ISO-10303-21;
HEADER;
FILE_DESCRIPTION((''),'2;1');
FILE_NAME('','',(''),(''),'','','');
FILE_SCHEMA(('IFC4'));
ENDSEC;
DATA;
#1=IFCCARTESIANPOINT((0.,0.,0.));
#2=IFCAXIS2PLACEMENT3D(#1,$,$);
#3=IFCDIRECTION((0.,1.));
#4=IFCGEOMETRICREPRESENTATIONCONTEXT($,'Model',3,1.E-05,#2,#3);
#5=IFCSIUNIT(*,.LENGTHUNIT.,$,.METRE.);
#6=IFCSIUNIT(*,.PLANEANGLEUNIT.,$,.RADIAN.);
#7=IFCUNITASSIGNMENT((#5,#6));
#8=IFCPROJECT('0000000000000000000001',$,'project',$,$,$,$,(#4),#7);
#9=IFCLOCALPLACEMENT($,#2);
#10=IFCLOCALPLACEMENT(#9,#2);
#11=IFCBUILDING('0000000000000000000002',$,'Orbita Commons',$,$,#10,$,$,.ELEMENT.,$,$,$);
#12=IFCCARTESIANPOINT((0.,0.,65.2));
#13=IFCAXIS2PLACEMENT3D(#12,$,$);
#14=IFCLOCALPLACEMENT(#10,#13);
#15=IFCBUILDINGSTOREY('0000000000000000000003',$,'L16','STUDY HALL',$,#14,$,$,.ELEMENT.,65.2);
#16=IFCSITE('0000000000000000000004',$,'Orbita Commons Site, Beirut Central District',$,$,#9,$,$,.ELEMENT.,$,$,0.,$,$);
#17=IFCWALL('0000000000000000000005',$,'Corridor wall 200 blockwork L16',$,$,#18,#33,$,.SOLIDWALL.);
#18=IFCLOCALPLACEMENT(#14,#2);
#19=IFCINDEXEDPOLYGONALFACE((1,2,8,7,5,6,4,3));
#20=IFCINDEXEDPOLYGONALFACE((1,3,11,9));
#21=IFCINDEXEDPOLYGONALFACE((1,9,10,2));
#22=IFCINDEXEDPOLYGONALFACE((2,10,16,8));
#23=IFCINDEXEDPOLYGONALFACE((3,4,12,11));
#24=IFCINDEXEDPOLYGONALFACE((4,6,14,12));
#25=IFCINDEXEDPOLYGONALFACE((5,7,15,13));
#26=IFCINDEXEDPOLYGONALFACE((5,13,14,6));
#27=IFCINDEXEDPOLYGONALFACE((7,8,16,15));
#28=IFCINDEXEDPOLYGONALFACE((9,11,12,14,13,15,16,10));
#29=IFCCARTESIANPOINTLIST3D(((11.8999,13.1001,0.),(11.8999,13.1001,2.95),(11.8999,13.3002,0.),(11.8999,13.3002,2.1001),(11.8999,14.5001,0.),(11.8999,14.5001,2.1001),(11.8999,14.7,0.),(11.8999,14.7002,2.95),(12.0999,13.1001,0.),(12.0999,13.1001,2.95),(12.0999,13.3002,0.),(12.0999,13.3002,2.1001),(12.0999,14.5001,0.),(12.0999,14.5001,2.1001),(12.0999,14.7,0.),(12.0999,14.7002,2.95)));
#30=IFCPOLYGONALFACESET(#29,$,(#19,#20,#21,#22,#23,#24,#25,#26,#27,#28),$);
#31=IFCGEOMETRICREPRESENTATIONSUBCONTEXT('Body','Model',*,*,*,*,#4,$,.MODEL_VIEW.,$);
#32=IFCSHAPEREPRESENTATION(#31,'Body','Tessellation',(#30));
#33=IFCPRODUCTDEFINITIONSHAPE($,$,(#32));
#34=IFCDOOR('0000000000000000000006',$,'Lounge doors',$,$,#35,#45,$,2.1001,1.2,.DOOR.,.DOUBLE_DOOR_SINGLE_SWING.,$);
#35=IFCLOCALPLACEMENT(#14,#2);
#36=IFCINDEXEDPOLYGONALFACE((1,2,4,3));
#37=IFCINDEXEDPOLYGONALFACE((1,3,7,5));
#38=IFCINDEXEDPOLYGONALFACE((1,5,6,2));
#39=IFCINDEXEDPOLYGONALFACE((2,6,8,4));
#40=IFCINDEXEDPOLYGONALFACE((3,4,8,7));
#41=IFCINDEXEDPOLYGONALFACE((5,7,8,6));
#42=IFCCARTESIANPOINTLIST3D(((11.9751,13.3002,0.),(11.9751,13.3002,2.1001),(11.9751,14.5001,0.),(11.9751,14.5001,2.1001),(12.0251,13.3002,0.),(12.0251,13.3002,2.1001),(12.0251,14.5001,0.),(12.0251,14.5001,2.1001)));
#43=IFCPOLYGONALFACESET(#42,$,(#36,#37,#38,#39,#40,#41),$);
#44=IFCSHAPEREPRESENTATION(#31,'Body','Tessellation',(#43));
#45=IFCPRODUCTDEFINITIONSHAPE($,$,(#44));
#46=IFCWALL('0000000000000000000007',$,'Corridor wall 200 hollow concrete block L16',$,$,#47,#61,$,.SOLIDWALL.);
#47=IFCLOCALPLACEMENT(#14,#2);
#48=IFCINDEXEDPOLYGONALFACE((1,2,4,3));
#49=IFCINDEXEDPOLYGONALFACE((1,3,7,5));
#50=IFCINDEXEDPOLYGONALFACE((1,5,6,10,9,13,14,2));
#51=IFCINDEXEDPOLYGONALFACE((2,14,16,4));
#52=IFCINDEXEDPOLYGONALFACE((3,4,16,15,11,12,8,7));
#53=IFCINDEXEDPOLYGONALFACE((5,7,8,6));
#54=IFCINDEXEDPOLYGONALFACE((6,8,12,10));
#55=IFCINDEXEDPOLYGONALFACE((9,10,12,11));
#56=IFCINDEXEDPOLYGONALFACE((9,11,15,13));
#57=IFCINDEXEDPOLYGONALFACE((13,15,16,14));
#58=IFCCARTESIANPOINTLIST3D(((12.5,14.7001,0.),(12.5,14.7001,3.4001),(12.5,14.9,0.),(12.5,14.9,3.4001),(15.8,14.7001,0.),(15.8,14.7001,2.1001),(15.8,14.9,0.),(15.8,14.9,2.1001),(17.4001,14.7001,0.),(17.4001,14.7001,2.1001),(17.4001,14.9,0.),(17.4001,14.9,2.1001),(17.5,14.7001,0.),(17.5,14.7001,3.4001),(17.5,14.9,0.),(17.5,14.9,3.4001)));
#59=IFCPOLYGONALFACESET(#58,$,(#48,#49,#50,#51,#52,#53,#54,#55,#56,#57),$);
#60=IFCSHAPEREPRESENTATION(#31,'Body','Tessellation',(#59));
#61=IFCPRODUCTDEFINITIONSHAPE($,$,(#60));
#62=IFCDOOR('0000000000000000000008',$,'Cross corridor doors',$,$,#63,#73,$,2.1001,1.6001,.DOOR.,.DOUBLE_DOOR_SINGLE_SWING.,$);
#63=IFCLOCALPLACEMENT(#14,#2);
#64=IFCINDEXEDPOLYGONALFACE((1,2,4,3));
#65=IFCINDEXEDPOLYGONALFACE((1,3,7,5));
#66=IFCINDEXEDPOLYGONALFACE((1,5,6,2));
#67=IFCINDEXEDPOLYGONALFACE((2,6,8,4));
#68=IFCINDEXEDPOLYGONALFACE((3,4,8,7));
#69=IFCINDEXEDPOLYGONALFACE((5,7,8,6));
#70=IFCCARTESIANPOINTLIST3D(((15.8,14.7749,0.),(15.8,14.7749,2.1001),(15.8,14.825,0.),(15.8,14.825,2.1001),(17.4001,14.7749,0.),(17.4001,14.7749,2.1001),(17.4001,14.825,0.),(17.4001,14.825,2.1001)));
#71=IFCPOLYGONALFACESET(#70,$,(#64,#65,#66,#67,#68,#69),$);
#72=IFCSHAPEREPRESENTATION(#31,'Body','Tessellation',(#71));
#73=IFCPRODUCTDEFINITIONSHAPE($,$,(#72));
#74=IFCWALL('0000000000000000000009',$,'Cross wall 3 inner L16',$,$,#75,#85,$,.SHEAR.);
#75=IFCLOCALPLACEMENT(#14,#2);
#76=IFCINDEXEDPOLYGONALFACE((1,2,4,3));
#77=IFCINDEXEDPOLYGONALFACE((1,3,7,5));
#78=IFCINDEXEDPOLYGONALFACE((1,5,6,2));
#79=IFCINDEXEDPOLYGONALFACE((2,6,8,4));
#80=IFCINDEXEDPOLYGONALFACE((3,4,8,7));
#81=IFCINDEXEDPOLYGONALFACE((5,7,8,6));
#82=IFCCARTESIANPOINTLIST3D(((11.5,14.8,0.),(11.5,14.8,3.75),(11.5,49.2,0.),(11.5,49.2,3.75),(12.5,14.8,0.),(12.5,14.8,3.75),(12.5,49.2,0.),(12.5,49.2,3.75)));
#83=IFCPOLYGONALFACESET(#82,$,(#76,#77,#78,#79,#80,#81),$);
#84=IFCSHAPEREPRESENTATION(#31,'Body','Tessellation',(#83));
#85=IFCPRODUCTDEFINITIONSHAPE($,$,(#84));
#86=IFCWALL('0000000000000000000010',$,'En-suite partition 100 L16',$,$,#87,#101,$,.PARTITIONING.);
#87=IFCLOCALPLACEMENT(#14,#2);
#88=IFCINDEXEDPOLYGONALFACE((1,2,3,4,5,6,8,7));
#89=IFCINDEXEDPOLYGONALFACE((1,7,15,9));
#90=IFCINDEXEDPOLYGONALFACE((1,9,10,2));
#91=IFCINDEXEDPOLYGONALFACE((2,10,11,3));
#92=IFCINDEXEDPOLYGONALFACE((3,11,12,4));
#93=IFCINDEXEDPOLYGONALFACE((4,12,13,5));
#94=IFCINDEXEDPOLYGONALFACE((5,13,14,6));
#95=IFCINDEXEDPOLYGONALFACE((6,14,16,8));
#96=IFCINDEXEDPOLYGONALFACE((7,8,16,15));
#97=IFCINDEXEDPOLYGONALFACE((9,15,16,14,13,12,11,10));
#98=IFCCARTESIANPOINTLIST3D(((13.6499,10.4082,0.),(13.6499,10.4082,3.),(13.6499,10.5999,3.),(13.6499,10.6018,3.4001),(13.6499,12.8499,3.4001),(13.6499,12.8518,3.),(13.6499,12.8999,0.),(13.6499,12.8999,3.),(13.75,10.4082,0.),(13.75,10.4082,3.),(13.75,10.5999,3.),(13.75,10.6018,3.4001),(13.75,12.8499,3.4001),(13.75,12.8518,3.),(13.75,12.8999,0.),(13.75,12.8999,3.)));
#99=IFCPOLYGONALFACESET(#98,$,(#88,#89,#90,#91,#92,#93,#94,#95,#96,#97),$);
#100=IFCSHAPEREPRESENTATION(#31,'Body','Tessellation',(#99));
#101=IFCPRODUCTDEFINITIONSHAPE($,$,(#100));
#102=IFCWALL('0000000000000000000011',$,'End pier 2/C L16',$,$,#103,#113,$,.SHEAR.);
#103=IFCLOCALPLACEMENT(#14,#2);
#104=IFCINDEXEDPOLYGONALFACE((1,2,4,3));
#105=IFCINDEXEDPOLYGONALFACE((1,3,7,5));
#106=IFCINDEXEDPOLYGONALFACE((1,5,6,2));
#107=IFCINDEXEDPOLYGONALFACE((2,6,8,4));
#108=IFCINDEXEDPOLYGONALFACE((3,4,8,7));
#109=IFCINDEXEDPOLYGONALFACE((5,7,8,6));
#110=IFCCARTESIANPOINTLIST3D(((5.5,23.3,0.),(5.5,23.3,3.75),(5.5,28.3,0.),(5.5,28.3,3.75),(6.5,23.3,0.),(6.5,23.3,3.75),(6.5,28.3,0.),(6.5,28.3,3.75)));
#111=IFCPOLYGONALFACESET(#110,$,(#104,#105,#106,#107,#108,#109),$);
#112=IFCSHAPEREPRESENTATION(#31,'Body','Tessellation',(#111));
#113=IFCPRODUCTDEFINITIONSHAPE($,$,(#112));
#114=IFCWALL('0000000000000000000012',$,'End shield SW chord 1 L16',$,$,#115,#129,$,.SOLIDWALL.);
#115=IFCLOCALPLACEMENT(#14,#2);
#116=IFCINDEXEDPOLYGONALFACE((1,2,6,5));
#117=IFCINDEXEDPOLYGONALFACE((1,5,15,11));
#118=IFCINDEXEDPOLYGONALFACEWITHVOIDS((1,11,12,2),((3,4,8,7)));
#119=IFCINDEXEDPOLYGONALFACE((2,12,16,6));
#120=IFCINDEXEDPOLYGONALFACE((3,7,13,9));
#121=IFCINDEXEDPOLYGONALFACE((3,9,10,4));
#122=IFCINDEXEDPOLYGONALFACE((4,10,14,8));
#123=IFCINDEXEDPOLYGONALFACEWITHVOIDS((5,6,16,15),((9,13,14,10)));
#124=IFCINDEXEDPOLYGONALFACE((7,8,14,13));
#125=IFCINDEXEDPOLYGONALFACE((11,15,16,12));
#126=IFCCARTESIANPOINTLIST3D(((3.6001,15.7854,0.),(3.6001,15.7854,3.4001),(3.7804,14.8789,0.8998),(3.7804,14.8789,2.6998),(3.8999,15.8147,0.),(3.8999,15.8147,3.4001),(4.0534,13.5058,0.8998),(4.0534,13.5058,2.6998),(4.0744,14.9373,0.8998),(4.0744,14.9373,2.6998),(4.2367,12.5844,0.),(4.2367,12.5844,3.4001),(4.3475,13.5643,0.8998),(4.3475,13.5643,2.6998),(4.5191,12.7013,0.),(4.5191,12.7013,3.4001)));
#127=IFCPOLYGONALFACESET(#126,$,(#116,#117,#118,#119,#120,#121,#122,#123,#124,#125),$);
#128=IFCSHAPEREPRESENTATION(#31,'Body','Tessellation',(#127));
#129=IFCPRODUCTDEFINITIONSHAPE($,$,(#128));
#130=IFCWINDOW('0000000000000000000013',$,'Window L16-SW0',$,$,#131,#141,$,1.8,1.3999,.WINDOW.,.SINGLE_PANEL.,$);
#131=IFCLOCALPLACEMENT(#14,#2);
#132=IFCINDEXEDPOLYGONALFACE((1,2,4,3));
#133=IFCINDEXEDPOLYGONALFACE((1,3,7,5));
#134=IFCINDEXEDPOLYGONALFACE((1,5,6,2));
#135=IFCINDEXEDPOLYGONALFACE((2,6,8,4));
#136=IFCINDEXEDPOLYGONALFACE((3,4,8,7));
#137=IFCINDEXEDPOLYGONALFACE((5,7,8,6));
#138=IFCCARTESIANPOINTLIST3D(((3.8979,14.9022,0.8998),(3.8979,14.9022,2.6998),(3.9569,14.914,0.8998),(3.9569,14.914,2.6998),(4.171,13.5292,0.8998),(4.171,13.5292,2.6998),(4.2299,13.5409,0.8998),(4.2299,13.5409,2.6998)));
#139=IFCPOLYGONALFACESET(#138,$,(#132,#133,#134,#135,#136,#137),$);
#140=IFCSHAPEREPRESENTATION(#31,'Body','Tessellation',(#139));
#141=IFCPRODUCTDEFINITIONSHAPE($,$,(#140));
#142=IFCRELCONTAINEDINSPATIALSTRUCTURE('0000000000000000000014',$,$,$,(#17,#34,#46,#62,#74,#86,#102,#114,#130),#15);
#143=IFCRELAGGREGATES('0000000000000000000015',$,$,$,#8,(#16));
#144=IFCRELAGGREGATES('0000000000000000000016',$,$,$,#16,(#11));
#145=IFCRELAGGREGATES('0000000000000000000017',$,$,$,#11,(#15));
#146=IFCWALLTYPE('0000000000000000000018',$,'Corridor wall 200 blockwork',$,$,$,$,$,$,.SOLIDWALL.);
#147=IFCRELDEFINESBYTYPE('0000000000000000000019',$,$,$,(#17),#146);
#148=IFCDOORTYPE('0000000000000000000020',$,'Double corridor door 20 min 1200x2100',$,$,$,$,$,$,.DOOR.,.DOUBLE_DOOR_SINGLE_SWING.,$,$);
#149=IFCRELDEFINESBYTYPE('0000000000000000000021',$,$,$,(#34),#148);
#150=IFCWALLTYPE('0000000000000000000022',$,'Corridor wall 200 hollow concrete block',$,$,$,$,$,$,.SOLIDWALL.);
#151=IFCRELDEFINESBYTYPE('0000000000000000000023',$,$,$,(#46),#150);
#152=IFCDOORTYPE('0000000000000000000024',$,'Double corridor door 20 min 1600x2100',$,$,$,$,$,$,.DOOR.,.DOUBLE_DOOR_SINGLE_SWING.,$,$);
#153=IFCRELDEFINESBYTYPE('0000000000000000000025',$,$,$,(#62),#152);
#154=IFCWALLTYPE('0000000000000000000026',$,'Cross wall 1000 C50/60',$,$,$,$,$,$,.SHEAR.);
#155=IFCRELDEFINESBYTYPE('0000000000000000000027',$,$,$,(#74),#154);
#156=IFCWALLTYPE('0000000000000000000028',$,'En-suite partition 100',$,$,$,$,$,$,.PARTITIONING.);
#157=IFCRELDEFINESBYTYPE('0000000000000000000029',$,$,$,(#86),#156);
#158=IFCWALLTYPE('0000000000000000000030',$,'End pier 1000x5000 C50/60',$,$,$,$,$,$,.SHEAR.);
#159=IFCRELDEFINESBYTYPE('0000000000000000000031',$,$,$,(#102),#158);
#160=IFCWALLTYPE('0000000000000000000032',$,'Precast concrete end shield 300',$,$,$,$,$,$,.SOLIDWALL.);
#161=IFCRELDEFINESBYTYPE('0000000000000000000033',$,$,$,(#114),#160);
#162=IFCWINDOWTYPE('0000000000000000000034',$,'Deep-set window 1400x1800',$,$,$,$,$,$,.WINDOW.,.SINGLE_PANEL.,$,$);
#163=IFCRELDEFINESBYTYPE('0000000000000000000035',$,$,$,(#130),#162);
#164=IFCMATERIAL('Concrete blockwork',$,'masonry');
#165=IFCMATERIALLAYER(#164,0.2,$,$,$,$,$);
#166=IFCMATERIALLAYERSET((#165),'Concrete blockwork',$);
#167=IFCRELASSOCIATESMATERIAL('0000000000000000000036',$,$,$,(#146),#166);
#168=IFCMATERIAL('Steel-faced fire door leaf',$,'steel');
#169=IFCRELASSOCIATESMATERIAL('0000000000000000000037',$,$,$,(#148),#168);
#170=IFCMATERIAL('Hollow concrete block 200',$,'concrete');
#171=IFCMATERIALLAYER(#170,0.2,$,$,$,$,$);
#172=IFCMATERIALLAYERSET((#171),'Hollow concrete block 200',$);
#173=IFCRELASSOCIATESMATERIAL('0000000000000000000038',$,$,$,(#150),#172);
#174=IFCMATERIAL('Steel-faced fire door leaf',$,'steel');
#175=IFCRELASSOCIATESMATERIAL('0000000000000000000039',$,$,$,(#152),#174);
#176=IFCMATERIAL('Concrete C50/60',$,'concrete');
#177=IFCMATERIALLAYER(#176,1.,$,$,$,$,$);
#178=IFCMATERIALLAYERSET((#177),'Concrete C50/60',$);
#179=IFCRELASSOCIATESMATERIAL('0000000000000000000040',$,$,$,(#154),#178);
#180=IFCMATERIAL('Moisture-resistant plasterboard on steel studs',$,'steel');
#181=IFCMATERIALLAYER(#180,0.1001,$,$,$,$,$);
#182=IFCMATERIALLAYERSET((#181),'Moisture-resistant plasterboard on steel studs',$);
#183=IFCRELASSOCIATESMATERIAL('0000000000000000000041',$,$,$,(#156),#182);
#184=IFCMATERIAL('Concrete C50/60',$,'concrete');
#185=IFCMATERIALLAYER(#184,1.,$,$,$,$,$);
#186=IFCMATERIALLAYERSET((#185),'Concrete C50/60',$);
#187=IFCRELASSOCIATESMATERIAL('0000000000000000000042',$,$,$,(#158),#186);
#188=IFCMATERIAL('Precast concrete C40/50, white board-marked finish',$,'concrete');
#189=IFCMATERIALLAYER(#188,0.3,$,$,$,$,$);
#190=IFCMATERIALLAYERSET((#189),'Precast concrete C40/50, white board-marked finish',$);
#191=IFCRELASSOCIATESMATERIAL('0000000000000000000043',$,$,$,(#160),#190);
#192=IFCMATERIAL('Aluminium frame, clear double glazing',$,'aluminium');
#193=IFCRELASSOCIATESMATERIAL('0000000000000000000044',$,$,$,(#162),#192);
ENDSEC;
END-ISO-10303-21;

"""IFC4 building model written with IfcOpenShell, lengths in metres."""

from ifc_helpers import new_model, si_unit, direction, frame, frame_2d, origin, place, context, subcontext, project, spatial, polyline, rectangle, outline, extrude, material, layer, layer_set, type_object, element, fill, save


model = new_model("IFC4")

# Units and contexts
model_context = context("Model", 3, precision=1e-05, world=origin(), true_north=direction((0.0, 1.0)))
body_context = subcontext(model_context, "Body", "Model", "MODEL_VIEW")
ifc_project = project(units=[si_unit("LENGTHUNIT", "METRE"), si_unit("PLANEANGLEUNIT", "RADIAN")], contexts=[model_context])

# Site, building, storey
site_placement = place(None, origin())
site = spatial("IfcSite", under=ifc_project, at=site_placement, Name="Orbita Commons Site, Beirut Central District", CompositionType="ELEMENT", RefElevation=0.0)
building_placement = place(site_placement, origin())
building = spatial("IfcBuilding", under=site, at=building_placement, Name="Orbita Commons", CompositionType="ELEMENT")
storey_placement = place(building_placement, frame((0.0, 0.0, 65.2)))
storey = spatial("IfcBuildingStorey", under=building, at=storey_placement, Name="L16", Description="STUDY HALL", CompositionType="ELEMENT", Elevation=65.2)

# Shared definitions
ifc_material_1 = material(Name="Concrete blockwork", Category="masonry")
ifc_layer_1 = layer(ifc_material_1, 0.2)
ifc_layer_set_1 = layer_set([ifc_layer_1], Name="Concrete blockwork")
wall_type_1 = type_object("IfcWallType", Name="Corridor wall 200 blockwork", PredefinedType="SOLIDWALL", material=ifc_layer_set_1)

# Walls, openings, doors
wall_1_placement = place(storey_placement, frame((12.0, 13.1001, 0.0), z_axis=(0.0, 0.0, 1.0), x_axis=(0.0, 1.0, 0.0)))
wall_1 = element("IfcWall", 1, at=wall_1_placement, inside=storey, type_object=wall_type_1, Name="Corridor wall 200 blockwork L16", PredefinedType="SOLIDWALL", context=body_context, shape_type="SweptSolid", body=[
    extrude(outline(polyline([(0.0, 0.0), (1.5999, 0.0), (1.6001, 2.95), (0.0, 2.95), (0.0, 0.0)])), frame((0.0, 0.1001, 0.0), z_axis=(0.0, -1.0, 0.0), x_axis=(1.0, 0.0, 0.0)), (0.0, 0.0, 1.0), 0.2),
])
opening_1_placement = place(wall_1_placement, frame((0.2, 0.0, 0.0)))
opening_1 = element("IfcOpeningElement", 2, at=opening_1_placement, cuts=wall_1, PredefinedType="OPENING", context=body_context, shape_type="SweptSolid", body=[
    extrude(rectangle(XDim=1.2, YDim=2.1001, at=frame_2d((0.6001, 1.05))), frame((0.0, 0.1099, 0.0), z_axis=(0.0, -1.0, 0.0), x_axis=(1.0, 0.0, 0.0)), (0.0, 0.0, 1.0), 0.22),
])
ifc_material_2 = material(Name="Steel-faced fire door leaf", Category="steel")
door_type_1 = type_object("IfcDoorType", Name="Double corridor door 20 min 1200x2100", OperationType="DOUBLE_DOOR_SINGLE_SWING", PredefinedType="DOOR", material=ifc_material_2)
door_1_placement = place(opening_1_placement, origin())
door_1 = element("IfcDoor", 3, at=door_1_placement, inside=storey, type_object=door_type_1, Name="Lounge doors", OperationType="DOUBLE_DOOR_SINGLE_SWING", OverallHeight=2.1001, OverallWidth=1.2, PredefinedType="DOOR", context=body_context, shape_type="SweptSolid", body=[
    extrude(rectangle(XDim=1.2, YDim=2.1001, at=frame_2d((0.6001, 1.05))), frame((0.0, 0.0249, 0.0), z_axis=(0.0, -1.0, 0.0), x_axis=(1.0, 0.0, 0.0)), (0.0, 0.0, 1.0), 0.05),
])
fill(opening_1, door_1)
ifc_material_3 = material(Name="Hollow concrete block 200", Category="concrete")
ifc_layer_2 = layer(ifc_material_3, 0.2)
ifc_layer_set_2 = layer_set([ifc_layer_2], Name="Hollow concrete block 200")
wall_type_2 = type_object("IfcWallType", Name="Corridor wall 200 hollow concrete block", PredefinedType="SOLIDWALL", material=ifc_layer_set_2)
wall_2_placement = place(storey_placement, frame((12.5, 14.8, 0.0), z_axis=(0.0, 0.0, 1.0), x_axis=(1.0, 0.0, 0.0)))
wall_2 = element("IfcWall", 4, at=wall_2_placement, inside=storey, type_object=wall_type_2, Name="Corridor wall 200 hollow concrete block L16", PredefinedType="SOLIDWALL", context=body_context, shape_type="SweptSolid", body=[
    extrude(rectangle(XDim=5.0, YDim=0.2, at=frame_2d((2.5, 0.0))), origin(), (0.0, 0.0, 1.0), 3.4001),
])
opening_2_placement = place(wall_2_placement, frame((3.3, 0.0, 0.0)))
opening_2 = element("IfcOpeningElement", 5, at=opening_2_placement, cuts=wall_2, PredefinedType="OPENING", context=body_context, shape_type="SweptSolid", body=[
    extrude(rectangle(XDim=1.6001, YDim=2.1001, at=frame_2d((0.8, 1.05))), frame((0.0, 0.1099, 0.0), z_axis=(0.0, -1.0, 0.0), x_axis=(1.0, 0.0, 0.0)), (0.0, 0.0, 1.0), 0.22),
])
ifc_material_4 = material(Name="Steel-faced fire door leaf", Category="steel")
door_type_2 = type_object("IfcDoorType", Name="Double corridor door 20 min 1600x2100", OperationType="DOUBLE_DOOR_SINGLE_SWING", PredefinedType="DOOR", material=ifc_material_4)
door_2_placement = place(opening_2_placement, origin())
door_2 = element("IfcDoor", 6, at=door_2_placement, inside=storey, type_object=door_type_2, Name="Cross corridor doors", OperationType="DOUBLE_DOOR_SINGLE_SWING", OverallHeight=2.1001, OverallWidth=1.6001, PredefinedType="DOOR", context=body_context, shape_type="SweptSolid", body=[
    extrude(rectangle(XDim=1.6001, YDim=2.1001, at=frame_2d((0.8, 1.05))), frame((0.0, 0.0249, 0.0), z_axis=(0.0, -1.0, 0.0), x_axis=(1.0, 0.0, 0.0)), (0.0, 0.0, 1.0), 0.05),
])
fill(opening_2, door_2)

# Walls
ifc_material_5 = material(Name="Concrete C50/60", Category="concrete")
ifc_layer_3 = layer(ifc_material_5, 1.0)
ifc_layer_set_3 = layer_set([ifc_layer_3], Name="Concrete C50/60")
wall_type_3 = type_object("IfcWallType", Name="Cross wall 1000 C50/60", PredefinedType="SHEAR", material=ifc_layer_set_3)
wall_3_placement = place(storey_placement, frame((12.0, 14.8, 0.0), z_axis=(0.0, 0.0, 1.0), x_axis=(0.0, 1.0, 0.0)))
element("IfcWall", 7, at=wall_3_placement, inside=storey, type_object=wall_type_3, Name="Cross wall 3 inner L16", PredefinedType="SHEAR", context=body_context, shape_type="SweptSolid", body=[
    extrude(rectangle(XDim=34.3999, YDim=1.0, at=frame_2d((17.2, 0.0))), origin(), (0.0, 0.0, 1.0), 3.75),
])
ifc_material_6 = material(Name="Moisture-resistant plasterboard on steel studs", Category="steel")
ifc_layer_4 = layer(ifc_material_6, 0.1001)
ifc_layer_set_4 = layer_set([ifc_layer_4], Name="Moisture-resistant plasterboard on steel studs")
wall_type_4 = type_object("IfcWallType", Name="En-suite partition 100", PredefinedType="PARTITIONING", material=ifc_layer_set_4)
wall_4_placement = place(storey_placement, frame((13.7, 10.4082, 0.0), z_axis=(0.0, 0.0, 1.0), x_axis=(0.0, 1.0, 0.0)))
element("IfcWall", 8, at=wall_4_placement, inside=storey, type_object=wall_type_4, Name="En-suite partition 100 L16", PredefinedType="PARTITIONING", context=body_context, shape_type="SweptSolid", body=[
    extrude(outline(polyline([(0.0, 0.0), (2.4917, 0.0), (2.4917, 3.0), (2.4436, 3.0), (2.4417, 3.4001), (0.1936, 3.4001), (0.1917, 3.0), (0.0, 3.0), (0.0, 0.0)])), frame((0.0, 0.05, 0.0), z_axis=(0.0, -1.0, 0.0), x_axis=(1.0, 0.0, 0.0)), (0.0, 0.0, 1.0), 0.1001),
])
ifc_material_7 = material(Name="Concrete C50/60", Category="concrete")
ifc_layer_5 = layer(ifc_material_7, 1.0)
ifc_layer_set_5 = layer_set([ifc_layer_5], Name="Concrete C50/60")
wall_type_5 = type_object("IfcWallType", Name="End pier 1000x5000 C50/60", PredefinedType="SHEAR", material=ifc_layer_set_5)
wall_5_placement = place(storey_placement, frame((6.0, 23.3, 0.0), z_axis=(0.0, 0.0, 1.0), x_axis=(0.0, 1.0, 0.0)))
element("IfcWall", 9, at=wall_5_placement, inside=storey, type_object=wall_type_5, Name="End pier 2/C L16", PredefinedType="SHEAR", context=body_context, shape_type="SweptSolid", body=[
    extrude(rectangle(XDim=5.0, YDim=1.0, at=frame_2d((2.5, 0.0))), origin(), (0.0, 0.0, 1.0), 3.75),
])

# Wall, opening, window
ifc_material_8 = material(Name="Precast concrete C40/50, white board-marked finish", Category="concrete")
ifc_layer_6 = layer(ifc_material_8, 0.3)
ifc_layer_set_6 = layer_set([ifc_layer_6], Name="Precast concrete C40/50, white board-marked finish")
wall_type_6 = type_object("IfcWallType", Name="Precast concrete end shield 300", PredefinedType="SOLIDWALL", material=ifc_layer_set_6)
wall_6_placement = place(storey_placement, frame((3.75, 15.8, 0.0), z_axis=(0.0, 0.0, 1.0), x_axis=(0.195066, -0.98079, 0.0)))
wall_6 = element("IfcWall", 10, at=wall_6_placement, inside=storey, type_object=wall_type_6, Name="End shield SW chord 1 L16", PredefinedType="SOLIDWALL", context=body_context, shape_type="SweptSolid", body=[
    extrude(outline(polyline([(-0.0149, -0.1499), (3.2488, -0.1499), (3.1892, 0.1499), (0.0149, 0.1499), (-0.0149, -0.1499)])), origin(), (0.0, 0.0, 1.0), 3.4001),
])
opening_3_placement = place(wall_6_placement, frame((0.9094, 0.0, 0.8999)))
opening_3 = element("IfcOpeningElement", 11, at=opening_3_placement, cuts=wall_6, PredefinedType="OPENING", context=body_context, shape_type="SweptSolid", body=[
    extrude(rectangle(XDim=1.3999, YDim=1.8, at=frame_2d((0.7, 0.8999))), frame((0.0, 0.1599, 0.0), z_axis=(0.0, -1.0, 0.0), x_axis=(1.0, 0.0, 0.0)), (0.0, 0.0, 1.0), 0.3201),
])
ifc_material_9 = material(Name="Aluminium frame, clear double glazing", Category="aluminium")
window_type = type_object("IfcWindowType", Name="Deep-set window 1400x1800", PartitioningType="SINGLE_PANEL", PredefinedType="WINDOW", material=ifc_material_9)
window_1_placement = place(opening_3_placement, origin())
window_1 = element("IfcWindow", 12, at=window_1_placement, inside=storey, type_object=window_type, Name="Window L16-SW0", OverallHeight=1.8, OverallWidth=1.3999, PartitioningType="SINGLE_PANEL", PredefinedType="WINDOW", context=body_context, shape_type="SweptSolid", body=[
    extrude(rectangle(XDim=1.3999, YDim=1.8, at=frame_2d((0.7, 0.8999))), frame((0.0, 0.03, 0.0), z_axis=(0.0, -1.0, 0.0), x_axis=(1.0, 0.0, 0.0)), (0.0, 0.0, 1.0), 0.0601),
])
fill(opening_3, window_1)

save(model, "model.ifc")
